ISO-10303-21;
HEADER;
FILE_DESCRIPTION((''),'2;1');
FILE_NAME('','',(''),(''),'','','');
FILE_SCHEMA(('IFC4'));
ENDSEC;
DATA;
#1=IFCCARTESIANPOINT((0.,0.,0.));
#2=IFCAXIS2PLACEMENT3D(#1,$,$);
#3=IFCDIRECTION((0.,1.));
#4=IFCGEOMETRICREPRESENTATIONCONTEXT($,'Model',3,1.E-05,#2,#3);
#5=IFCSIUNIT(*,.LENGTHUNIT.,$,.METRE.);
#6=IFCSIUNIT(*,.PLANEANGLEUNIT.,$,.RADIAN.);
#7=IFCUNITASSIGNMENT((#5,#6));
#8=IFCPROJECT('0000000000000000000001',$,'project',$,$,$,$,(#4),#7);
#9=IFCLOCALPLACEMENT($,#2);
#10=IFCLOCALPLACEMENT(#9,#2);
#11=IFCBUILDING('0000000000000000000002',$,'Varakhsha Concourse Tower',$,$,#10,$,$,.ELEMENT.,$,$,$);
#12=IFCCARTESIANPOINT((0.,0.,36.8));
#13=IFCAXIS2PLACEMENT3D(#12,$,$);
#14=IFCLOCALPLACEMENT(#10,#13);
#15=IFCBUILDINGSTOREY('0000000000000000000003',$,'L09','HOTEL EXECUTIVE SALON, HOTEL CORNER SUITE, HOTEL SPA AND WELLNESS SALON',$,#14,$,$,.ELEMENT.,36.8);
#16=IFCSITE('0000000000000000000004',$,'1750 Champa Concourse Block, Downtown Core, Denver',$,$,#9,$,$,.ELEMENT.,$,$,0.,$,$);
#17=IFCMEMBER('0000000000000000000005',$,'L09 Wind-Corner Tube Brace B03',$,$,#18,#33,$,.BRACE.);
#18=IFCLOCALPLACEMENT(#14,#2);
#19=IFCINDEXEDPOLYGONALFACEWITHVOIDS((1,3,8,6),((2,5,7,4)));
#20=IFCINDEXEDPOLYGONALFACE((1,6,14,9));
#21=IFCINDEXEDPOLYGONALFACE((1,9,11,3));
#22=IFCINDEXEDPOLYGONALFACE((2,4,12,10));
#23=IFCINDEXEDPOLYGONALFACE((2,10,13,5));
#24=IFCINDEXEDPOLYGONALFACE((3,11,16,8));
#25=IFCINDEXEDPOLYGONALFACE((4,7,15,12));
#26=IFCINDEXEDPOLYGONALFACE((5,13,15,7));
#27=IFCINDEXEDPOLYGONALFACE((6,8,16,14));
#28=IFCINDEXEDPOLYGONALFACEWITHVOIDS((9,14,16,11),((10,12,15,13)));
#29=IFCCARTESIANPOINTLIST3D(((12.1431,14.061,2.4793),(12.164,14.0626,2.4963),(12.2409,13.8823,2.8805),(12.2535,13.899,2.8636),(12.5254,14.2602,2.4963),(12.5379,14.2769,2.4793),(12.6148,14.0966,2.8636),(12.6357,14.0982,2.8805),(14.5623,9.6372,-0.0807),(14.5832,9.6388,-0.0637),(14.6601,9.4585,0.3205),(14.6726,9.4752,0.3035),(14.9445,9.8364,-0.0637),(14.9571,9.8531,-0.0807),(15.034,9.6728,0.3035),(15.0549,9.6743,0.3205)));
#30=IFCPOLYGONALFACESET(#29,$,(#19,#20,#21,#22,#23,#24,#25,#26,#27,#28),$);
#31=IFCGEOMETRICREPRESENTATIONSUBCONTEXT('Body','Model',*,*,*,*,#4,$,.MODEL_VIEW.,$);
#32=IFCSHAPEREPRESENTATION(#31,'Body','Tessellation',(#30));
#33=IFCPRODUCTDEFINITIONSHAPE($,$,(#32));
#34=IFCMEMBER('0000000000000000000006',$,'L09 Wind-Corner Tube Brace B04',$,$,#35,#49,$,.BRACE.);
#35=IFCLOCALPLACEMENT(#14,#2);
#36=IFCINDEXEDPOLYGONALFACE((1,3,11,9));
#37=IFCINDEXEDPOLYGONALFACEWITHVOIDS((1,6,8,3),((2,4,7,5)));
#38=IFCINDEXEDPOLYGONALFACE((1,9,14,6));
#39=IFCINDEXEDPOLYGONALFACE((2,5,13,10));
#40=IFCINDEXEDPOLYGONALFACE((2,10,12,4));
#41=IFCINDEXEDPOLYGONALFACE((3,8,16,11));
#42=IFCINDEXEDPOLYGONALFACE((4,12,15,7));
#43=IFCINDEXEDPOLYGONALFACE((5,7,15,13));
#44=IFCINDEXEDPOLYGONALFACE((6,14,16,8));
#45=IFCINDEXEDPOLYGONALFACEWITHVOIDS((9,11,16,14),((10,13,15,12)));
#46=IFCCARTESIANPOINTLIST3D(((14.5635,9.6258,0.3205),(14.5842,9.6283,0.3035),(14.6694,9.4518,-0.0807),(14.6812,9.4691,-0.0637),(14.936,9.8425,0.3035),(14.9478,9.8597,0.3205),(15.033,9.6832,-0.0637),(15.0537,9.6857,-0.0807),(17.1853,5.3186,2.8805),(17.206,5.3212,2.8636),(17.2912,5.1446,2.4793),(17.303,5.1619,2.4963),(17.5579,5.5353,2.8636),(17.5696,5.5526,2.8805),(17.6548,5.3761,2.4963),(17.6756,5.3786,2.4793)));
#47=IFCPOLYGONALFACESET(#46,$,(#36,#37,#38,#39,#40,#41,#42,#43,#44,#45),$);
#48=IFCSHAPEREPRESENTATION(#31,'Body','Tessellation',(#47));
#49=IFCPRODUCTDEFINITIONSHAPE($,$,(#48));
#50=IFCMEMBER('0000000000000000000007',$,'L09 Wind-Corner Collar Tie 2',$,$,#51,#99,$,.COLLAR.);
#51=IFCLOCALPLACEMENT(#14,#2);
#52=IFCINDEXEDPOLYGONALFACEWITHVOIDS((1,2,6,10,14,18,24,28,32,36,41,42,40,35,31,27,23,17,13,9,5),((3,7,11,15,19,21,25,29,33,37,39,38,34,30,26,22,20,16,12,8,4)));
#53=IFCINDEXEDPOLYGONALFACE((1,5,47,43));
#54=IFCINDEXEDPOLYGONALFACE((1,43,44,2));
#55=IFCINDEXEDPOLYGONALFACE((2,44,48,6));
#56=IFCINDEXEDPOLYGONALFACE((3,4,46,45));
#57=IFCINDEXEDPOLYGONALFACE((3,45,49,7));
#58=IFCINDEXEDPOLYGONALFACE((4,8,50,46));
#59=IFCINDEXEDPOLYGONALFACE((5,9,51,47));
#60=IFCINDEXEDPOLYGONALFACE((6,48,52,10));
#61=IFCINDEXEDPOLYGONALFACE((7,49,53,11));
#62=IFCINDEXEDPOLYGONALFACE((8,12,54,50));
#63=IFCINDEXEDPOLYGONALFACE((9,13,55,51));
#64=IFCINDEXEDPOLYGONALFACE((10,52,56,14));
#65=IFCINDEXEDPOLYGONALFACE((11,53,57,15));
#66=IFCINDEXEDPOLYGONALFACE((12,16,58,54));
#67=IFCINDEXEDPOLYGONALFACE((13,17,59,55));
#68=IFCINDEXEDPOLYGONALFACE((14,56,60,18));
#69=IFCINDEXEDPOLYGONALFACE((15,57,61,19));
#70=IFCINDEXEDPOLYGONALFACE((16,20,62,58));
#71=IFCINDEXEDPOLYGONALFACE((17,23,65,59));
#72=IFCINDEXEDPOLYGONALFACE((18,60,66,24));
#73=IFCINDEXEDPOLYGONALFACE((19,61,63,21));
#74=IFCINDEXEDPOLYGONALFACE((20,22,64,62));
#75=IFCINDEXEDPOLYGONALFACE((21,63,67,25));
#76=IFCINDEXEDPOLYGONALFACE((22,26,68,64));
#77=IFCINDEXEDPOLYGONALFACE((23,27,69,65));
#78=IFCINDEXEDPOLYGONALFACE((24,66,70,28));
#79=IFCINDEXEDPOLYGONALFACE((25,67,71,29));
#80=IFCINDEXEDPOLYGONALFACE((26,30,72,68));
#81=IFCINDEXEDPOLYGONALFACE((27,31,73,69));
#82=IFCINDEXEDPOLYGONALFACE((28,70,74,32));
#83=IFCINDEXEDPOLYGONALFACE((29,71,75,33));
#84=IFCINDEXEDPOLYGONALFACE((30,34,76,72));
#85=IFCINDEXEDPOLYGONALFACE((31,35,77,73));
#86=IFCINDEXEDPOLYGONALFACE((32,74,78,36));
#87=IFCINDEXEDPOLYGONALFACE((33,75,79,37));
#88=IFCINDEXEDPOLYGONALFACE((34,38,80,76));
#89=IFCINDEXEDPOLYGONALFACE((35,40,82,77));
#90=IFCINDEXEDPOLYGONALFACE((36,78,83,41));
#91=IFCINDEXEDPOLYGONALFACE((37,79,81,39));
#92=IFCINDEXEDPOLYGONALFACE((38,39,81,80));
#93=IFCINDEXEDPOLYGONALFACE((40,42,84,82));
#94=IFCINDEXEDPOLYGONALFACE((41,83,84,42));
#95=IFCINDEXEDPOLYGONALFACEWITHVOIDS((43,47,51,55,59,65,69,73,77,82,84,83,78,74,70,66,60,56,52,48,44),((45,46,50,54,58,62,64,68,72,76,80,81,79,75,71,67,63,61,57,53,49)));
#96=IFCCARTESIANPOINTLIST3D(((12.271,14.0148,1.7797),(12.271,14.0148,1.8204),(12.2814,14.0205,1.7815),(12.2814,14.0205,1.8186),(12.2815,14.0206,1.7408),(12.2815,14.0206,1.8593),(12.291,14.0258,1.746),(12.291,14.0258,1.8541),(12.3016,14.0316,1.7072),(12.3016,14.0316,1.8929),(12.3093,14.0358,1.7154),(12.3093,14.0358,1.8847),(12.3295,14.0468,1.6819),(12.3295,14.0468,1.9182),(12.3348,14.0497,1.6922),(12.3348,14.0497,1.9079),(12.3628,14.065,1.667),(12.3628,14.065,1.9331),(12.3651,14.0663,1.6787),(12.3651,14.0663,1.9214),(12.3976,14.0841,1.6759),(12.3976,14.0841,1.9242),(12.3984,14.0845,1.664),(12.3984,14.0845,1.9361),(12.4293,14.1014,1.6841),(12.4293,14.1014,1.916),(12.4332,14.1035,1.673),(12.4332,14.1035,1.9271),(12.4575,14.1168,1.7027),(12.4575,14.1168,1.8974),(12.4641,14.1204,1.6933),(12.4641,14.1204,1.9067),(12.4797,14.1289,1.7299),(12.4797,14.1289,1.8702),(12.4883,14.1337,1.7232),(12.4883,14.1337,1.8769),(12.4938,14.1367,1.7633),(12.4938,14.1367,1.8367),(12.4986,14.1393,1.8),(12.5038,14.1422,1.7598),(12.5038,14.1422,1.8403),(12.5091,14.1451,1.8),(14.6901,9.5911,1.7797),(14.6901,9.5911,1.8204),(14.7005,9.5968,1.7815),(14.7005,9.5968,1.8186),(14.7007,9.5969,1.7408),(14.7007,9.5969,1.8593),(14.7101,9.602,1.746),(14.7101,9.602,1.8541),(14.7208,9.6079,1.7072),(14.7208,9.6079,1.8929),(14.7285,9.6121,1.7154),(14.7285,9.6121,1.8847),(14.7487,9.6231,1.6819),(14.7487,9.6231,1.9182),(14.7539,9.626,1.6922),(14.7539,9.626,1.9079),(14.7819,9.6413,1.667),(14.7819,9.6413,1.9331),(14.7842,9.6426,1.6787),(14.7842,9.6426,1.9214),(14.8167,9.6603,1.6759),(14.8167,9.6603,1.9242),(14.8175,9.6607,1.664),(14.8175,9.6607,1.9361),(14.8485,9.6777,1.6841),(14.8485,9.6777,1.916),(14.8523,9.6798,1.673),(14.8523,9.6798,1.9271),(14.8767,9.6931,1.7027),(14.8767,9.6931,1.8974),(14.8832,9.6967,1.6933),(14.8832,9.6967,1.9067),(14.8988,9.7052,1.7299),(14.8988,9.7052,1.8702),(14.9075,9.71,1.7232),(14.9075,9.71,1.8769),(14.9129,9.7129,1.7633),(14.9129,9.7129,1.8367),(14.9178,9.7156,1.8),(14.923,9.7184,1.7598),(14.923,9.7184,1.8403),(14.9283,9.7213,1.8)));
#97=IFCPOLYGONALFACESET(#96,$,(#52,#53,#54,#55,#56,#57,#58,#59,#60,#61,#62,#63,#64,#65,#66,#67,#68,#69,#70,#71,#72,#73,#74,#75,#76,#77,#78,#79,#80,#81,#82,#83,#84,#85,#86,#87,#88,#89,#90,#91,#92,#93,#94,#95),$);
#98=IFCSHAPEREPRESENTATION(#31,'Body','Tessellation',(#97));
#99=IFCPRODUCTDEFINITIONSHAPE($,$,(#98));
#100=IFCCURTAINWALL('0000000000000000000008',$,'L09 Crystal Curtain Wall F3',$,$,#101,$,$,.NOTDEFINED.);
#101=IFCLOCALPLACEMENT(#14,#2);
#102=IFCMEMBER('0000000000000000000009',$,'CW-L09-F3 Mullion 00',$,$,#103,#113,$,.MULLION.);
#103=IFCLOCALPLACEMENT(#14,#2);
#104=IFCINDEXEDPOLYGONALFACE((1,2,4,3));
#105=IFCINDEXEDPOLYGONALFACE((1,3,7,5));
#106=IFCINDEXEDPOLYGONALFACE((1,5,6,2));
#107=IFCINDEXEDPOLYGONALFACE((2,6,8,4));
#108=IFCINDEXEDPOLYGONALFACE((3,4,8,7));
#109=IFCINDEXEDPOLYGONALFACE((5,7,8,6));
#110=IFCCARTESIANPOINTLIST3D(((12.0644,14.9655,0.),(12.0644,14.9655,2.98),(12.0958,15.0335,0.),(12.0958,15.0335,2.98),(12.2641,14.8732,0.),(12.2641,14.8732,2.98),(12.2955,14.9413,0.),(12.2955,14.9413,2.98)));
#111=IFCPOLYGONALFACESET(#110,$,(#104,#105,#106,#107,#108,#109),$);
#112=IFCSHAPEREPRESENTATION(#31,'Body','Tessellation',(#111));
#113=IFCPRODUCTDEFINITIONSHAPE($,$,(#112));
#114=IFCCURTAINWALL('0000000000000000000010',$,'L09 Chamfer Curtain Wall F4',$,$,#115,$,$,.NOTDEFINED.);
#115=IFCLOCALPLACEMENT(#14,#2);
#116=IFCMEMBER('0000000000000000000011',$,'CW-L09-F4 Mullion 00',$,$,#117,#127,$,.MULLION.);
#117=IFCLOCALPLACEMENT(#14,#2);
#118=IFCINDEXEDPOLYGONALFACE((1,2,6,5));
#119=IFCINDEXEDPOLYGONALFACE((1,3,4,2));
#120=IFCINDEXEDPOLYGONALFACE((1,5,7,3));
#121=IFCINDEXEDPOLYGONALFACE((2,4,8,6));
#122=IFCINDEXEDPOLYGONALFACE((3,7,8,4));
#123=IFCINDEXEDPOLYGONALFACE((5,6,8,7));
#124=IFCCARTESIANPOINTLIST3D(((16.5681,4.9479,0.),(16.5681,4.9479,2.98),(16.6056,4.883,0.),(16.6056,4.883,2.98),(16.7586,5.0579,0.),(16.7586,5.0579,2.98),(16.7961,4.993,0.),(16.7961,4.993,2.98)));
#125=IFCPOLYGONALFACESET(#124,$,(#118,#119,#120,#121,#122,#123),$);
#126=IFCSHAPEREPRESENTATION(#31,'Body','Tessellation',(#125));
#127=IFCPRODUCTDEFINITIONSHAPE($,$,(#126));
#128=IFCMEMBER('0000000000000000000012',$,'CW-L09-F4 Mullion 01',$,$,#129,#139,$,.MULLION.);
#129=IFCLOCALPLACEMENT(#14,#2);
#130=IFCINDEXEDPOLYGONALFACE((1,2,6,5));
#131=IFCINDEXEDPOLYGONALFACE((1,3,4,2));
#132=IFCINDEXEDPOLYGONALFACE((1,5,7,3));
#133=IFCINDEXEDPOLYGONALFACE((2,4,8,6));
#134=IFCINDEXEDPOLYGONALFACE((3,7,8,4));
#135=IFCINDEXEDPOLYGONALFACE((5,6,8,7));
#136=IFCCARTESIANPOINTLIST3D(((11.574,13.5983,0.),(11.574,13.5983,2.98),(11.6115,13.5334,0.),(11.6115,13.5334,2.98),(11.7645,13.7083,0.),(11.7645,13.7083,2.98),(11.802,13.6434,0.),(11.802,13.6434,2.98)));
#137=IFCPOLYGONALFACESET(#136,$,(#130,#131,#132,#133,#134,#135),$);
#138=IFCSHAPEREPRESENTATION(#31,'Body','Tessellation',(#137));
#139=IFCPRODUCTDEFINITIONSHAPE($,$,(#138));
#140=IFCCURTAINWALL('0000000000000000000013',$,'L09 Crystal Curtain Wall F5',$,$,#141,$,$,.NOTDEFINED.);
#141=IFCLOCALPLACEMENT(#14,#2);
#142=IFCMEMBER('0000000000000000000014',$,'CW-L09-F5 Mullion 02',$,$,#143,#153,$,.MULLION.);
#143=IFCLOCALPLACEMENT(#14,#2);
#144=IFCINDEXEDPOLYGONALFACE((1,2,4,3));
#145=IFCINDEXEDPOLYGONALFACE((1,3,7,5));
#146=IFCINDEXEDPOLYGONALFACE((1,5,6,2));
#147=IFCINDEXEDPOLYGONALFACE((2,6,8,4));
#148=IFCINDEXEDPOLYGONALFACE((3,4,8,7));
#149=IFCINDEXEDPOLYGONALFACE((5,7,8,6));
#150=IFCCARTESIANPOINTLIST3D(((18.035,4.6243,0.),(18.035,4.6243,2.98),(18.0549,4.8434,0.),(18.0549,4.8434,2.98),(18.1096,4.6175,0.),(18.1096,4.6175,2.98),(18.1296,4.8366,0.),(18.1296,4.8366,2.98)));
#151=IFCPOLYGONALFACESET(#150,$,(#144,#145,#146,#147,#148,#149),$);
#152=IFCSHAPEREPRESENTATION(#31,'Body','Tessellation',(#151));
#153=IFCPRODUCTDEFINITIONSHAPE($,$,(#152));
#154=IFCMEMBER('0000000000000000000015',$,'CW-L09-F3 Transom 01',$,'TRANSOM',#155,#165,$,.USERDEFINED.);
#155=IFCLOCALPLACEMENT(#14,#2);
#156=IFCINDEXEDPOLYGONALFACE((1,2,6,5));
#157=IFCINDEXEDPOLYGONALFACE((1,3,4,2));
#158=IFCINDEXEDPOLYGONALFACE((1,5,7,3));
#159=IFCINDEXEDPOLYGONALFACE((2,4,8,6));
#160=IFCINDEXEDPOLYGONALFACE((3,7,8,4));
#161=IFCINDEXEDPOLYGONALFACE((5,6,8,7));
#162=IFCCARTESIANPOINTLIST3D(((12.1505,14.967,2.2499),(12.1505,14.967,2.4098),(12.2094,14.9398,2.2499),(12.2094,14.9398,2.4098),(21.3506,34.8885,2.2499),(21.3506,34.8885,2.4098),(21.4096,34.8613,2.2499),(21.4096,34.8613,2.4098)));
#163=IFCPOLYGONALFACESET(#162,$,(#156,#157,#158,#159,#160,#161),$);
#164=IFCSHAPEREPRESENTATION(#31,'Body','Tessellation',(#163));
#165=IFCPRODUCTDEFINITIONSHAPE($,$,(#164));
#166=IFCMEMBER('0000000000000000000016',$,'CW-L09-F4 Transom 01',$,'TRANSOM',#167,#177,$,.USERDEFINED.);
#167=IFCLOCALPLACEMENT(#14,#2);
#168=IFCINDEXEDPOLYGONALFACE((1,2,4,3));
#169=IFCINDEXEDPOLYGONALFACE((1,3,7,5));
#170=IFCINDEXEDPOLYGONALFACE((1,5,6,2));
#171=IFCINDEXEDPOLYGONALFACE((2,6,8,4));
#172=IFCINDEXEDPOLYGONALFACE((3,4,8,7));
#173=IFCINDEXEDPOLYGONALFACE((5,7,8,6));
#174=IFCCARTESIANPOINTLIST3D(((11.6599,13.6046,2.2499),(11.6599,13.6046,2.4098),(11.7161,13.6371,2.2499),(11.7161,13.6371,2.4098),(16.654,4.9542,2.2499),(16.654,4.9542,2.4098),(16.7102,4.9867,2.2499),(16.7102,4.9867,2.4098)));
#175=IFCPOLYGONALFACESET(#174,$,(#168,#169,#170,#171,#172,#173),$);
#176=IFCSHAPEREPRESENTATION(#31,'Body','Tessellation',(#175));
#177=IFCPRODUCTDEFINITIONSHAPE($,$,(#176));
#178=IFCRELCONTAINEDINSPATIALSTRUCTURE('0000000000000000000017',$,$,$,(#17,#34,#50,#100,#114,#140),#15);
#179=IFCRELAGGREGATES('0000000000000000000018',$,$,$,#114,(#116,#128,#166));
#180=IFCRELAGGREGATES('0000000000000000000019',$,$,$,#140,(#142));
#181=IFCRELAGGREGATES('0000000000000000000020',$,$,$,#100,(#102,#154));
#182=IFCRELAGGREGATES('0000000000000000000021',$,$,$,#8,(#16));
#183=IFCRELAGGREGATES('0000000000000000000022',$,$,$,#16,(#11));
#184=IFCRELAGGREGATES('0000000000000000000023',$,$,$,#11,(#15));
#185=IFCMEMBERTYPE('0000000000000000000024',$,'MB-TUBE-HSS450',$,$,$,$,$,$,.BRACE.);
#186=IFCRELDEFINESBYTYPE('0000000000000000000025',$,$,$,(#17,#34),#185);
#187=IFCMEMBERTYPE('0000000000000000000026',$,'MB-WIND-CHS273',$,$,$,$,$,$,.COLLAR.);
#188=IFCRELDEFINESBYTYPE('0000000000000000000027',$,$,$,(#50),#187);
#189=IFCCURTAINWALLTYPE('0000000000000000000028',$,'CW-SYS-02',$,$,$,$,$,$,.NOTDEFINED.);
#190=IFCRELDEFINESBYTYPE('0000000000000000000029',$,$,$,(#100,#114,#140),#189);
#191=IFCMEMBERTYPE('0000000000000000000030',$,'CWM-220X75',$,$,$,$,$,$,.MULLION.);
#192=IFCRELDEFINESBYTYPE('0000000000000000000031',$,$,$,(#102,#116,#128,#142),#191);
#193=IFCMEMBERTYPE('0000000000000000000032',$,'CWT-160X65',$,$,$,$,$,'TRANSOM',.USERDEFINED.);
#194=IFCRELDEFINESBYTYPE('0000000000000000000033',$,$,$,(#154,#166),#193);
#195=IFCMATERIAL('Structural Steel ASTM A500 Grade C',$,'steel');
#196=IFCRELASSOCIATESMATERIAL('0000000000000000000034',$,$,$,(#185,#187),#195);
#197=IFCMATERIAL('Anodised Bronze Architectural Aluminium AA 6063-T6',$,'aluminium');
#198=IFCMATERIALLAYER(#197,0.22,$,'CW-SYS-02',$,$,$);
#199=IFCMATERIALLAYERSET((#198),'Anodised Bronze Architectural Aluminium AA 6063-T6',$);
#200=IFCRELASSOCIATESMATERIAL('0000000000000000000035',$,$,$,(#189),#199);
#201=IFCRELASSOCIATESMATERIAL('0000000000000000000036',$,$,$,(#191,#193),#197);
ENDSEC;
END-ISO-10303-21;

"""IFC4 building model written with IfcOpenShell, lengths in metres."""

from ifc_helpers import new_model, si_unit, direction, frame, origin, origin_2d, place, context, subcontext, project, spatial, rectangle, hollow_rectangle, hollow_circle, extrude, source, transform, mapped, material, layer, layer_set, material_profile, profile_set, type_object, type_shapes, element, aggregate, save


model = new_model("IFC4")

# Units and contexts
model_context = context("Model", 3, precision=1e-05, world=origin(), true_north=direction((0.0, 1.0)))
body_context = subcontext(model_context, "Body", "Model", "MODEL_VIEW")
ifc_project = project(units=[si_unit("LENGTHUNIT", "METRE"), si_unit("PLANEANGLEUNIT", "RADIAN")], contexts=[model_context])

# Site, building, storey
site_placement = place(None, origin())
site = spatial("IfcSite", under=ifc_project, at=site_placement, Name="1750 Champa Concourse Block, Downtown Core, Denver", CompositionType="ELEMENT", RefElevation=0.0)
building_placement = place(site_placement, origin())
building = spatial("IfcBuilding", under=site, at=building_placement, Name="Varakhsha Concourse Tower", CompositionType="ELEMENT")
storey_placement = place(building_placement, frame((0.0, 0.0, 36.8)))
storey = spatial("IfcBuildingStorey", under=building, at=storey_placement, Name="L09", Description="HOTEL EXECUTIVE SALON, HOTEL CORNER SUITE, HOTEL SPA AND WELLNESS SALON", CompositionType="ELEMENT", Elevation=36.8)

# Members
ifc_material_1 = material(Name="Structural Steel ASTM A500 Grade C", Category="steel")
ifc_material_profile_1 = material_profile(ifc_material_1, hollow_rectangle(XDim=0.45, YDim=0.45, WallThickness=0.019, at=origin_2d()), Name="HSS 450x450x19")
ifc_profile_set_1 = profile_set([ifc_material_profile_1], Name="Structural Steel ASTM A500 Grade C")
member_type_1 = type_object("IfcMemberType", Name="MB-TUBE-HSS450", PredefinedType="BRACE", material=ifc_profile_set_1)
shared_shape_1 = source(origin(), body_context, "Body", "SweptSolid", [
    extrude(hollow_rectangle(XDim=0.45, YDim=0.45, WallThickness=0.019, at=origin_2d()), origin(), (0.0, 0.0, 1.0), 5.6548),
])
member_1_placement = place(storey_placement, frame((14.8086, 9.6558, 0.1199), z_axis=(-0.427813, 0.782315, 0.452724), x_axis=(-0.877379, -0.479798, 0.0)))
element("IfcMember", 1, at=member_1_placement, inside=storey, type_object=member_type_1, Name="L09 Wind-Corner Tube Brace B03", PredefinedType="BRACE", context=body_context, shape_type="MappedRepresentation", body=[
    mapped(shared_shape_1, transform((0.0, 0.0, 0.0), scale=1.0)),
])
shared_shape_2 = source(origin(), body_context, "Body", "SweptSolid", [
    extrude(hollow_rectangle(XDim=0.45, YDim=0.45, WallThickness=0.019, at=origin_2d()), origin(), (0.0, 0.0, 1.0), 5.655),
])
type_shapes(member_type_1, [shared_shape_1, shared_shape_2])
member_2_placement = place(storey_placement, frame((14.8086, 9.6558, 0.1199), z_axis=(0.463628, -0.761647, 0.452706), x_axis=(0.85419, 0.519961, 0.0)))
element("IfcMember", 2, at=member_2_placement, inside=storey, type_object=member_type_1, Name="L09 Wind-Corner Tube Brace B04", PredefinedType="BRACE", context=body_context, shape_type="MappedRepresentation", body=[
    mapped(shared_shape_2, transform((0.0, 0.0, 0.0), scale=1.0)),
])
ifc_material_profile_2 = material_profile(ifc_material_1, hollow_circle(Radius=0.1365, WallThickness=0.012, at=origin_2d()), Name="CHS 273x12")
ifc_profile_set_2 = profile_set([ifc_material_profile_2], Name="Structural Steel ASTM A500 Grade C")
member_type_2 = type_object("IfcMemberType", Name="MB-WIND-CHS273", PredefinedType="COLLAR", material=ifc_profile_set_2)
shared_shape_3 = source(origin(), body_context, "Body", "SweptSolid", [
    extrude(hollow_circle(Radius=0.1365, WallThickness=0.012, at=origin_2d()), origin(), (0.0, 0.0, 1.0), 5.042),
])
type_shapes(member_type_2, [shared_shape_3])
member_3_placement = place(storey_placement, frame((12.3894, 14.0796, 1.8), z_axis=(0.479798, -0.877379, 0.0), x_axis=(0.877379, 0.479798, 0.0)))
element("IfcMember", 3, at=member_3_placement, inside=storey, type_object=member_type_2, Name="L09 Wind-Corner Collar Tie 2", PredefinedType="COLLAR", context=body_context, shape_type="MappedRepresentation", body=[
    mapped(shared_shape_3, transform((0.0, 0.0, 0.0), scale=1.0)),
])

# Curtain wall, member
ifc_material_2 = material(Name="Anodised Bronze Architectural Aluminium AA 6063-T6", Category="aluminium")
ifc_layer_1 = layer(ifc_material_2, 0.22, Name="CW-SYS-02")
ifc_layer_set_1 = layer_set([ifc_layer_1], Name="Anodised Bronze Architectural Aluminium AA 6063-T6")
curtain_wall_type = type_object("IfcCurtainWallType", Name="CW-SYS-02", PredefinedType="NOTDEFINED", material=ifc_layer_set_1)
curtain_wall_1_placement = place(storey_placement, origin())
curtain_wall_1 = element("IfcCurtainWall", 4, at=curtain_wall_1_placement, inside=storey, type_object=curtain_wall_type, Name="L09 Crystal Curtain Wall F3", PredefinedType="NOTDEFINED")
ifc_material_profile_3 = material_profile(ifc_material_2, rectangle(XDim=0.075, YDim=0.22, at=origin_2d()), Name="CWM-220X75")
ifc_profile_set_3 = profile_set([ifc_material_profile_3], Name="Anodised Bronze Architectural Aluminium AA 6063-T6")
member_type_3 = type_object("IfcMemberType", Name="CWM-220X75", PredefinedType="MULLION", material=ifc_profile_set_3)
shared_shape_4 = source(origin(), body_context, "Body", "SweptSolid", [
    extrude(rectangle(XDim=0.075, YDim=0.22, at=origin_2d()), origin(), (0.0, 0.0, 1.0), 2.98),
])
type_shapes(member_type_3, [shared_shape_4])
member_4_placement = place(storey_placement, frame((12.1799, 14.9534, 0.0), z_axis=(0.0, 0.0, 1.0), x_axis=(0.41927, 0.907862, 0.0)))
member_4 = element("IfcMember", 5, at=member_4_placement, type_object=member_type_3, Name="CW-L09-F3 Mullion 00", PredefinedType="MULLION", context=body_context, shape_type="MappedRepresentation", body=[
    mapped(shared_shape_4, transform((0.0, 0.0, 0.0), scale=1.0)),
])

# Curtain wall, members
curtain_wall_2_placement = place(storey_placement, origin())
curtain_wall_2 = element("IfcCurtainWall", 6, at=curtain_wall_2_placement, inside=storey, type_object=curtain_wall_type, Name="L09 Chamfer Curtain Wall F4", PredefinedType="NOTDEFINED")
member_5_placement = place(storey_placement, frame((16.6821, 4.9705, 0.0), z_axis=(0.0, 0.0, 1.0), x_axis=(-0.499998, 0.866026, 0.0)))
member_5 = element("IfcMember", 7, at=member_5_placement, type_object=member_type_3, Name="CW-L09-F4 Mullion 00", PredefinedType="MULLION", context=body_context, shape_type="MappedRepresentation", body=[
    mapped(shared_shape_4, transform((0.0, 0.0, 0.0), scale=1.0)),
])
member_6_placement = place(storey_placement, frame((11.688, 13.6208, 0.0), z_axis=(0.0, 0.0, 1.0), x_axis=(-0.499998, 0.866026, 0.0)))
member_6 = element("IfcMember", 8, at=member_6_placement, type_object=member_type_3, Name="CW-L09-F4 Mullion 01", PredefinedType="MULLION", context=body_context, shape_type="MappedRepresentation", body=[
    mapped(shared_shape_4, transform((0.0, 0.0, 0.0), scale=1.0)),
])

# Curtain wall, member
curtain_wall_3_placement = place(storey_placement, origin())
curtain_wall_3 = element("IfcCurtainWall", 9, at=curtain_wall_3_placement, inside=storey, type_object=curtain_wall_type, Name="L09 Crystal Curtain Wall F5", PredefinedType="NOTDEFINED")
member_7_placement = place(storey_placement, frame((18.0823, 4.7305, 0.0), z_axis=(0.0, 0.0, 1.0), x_axis=(-0.995866, 0.090834, 0.0)))
member_7 = element("IfcMember", 10, at=member_7_placement, type_object=member_type_3, Name="CW-L09-F5 Mullion 02", PredefinedType="MULLION", context=body_context, shape_type="MappedRepresentation", body=[
    mapped(shared_shape_4, transform((0.0, 0.0, 0.0), scale=1.0)),
])

# Members
ifc_material_profile_4 = material_profile(ifc_material_2, rectangle(XDim=0.0649, YDim=0.1599, at=origin_2d()), Name="CWT-160X65")
ifc_profile_set_4 = profile_set([ifc_material_profile_4], Name="Anodised Bronze Architectural Aluminium AA 6063-T6")
member_type_4 = type_object("IfcMemberType", Name="CWT-160X65", ElementType="TRANSOM", PredefinedType="USERDEFINED", material=ifc_profile_set_4)
shared_shape_5 = source(origin(), body_context, "Body", "SweptSolid", [
    extrude(rectangle(XDim=0.0649, YDim=0.1599, at=origin_2d()), origin(), (0.0, 0.0, 1.0), 21.9434),
])
member_8_placement = place(storey_placement, frame((12.1799, 14.9534, 2.3298), z_axis=(0.419268, 0.907862, 0.0), x_axis=(-0.907862, 0.419268, 0.0)))
member_8 = element("IfcMember", 11, at=member_8_placement, type_object=member_type_4, Name="CW-L09-F3 Transom 01", ObjectType="TRANSOM", PredefinedType="USERDEFINED", context=body_context, shape_type="MappedRepresentation", body=[
    mapped(shared_shape_5, transform((0.0, 0.0, 0.0), scale=1.0)),
])
shared_shape_6 = source(origin(), body_context, "Body", "SweptSolid", [
    extrude(rectangle(XDim=0.0649, YDim=0.1599, at=origin_2d()), origin(), (0.0, 0.0, 1.0), 9.9885),
])
type_shapes(member_type_4, [shared_shape_5, shared_shape_6])
member_9_placement = place(storey_placement, frame((16.6821, 4.9705, 2.3298), z_axis=(-0.499988, 0.866033, 0.0), x_axis=(-0.866033, -0.499988, 0.0)))
member_9 = element("IfcMember", 12, at=member_9_placement, type_object=member_type_4, Name="CW-L09-F4 Transom 01", ObjectType="TRANSOM", PredefinedType="USERDEFINED", context=body_context, shape_type="MappedRepresentation", body=[
    mapped(shared_shape_6, transform((0.0, 0.0, 0.0), scale=1.0)),
])

aggregate(curtain_wall_2, [member_5, member_6, member_9])
aggregate(curtain_wall_3, [member_7])
aggregate(curtain_wall_1, [member_4, member_8])

save(model, "model.ifc")
